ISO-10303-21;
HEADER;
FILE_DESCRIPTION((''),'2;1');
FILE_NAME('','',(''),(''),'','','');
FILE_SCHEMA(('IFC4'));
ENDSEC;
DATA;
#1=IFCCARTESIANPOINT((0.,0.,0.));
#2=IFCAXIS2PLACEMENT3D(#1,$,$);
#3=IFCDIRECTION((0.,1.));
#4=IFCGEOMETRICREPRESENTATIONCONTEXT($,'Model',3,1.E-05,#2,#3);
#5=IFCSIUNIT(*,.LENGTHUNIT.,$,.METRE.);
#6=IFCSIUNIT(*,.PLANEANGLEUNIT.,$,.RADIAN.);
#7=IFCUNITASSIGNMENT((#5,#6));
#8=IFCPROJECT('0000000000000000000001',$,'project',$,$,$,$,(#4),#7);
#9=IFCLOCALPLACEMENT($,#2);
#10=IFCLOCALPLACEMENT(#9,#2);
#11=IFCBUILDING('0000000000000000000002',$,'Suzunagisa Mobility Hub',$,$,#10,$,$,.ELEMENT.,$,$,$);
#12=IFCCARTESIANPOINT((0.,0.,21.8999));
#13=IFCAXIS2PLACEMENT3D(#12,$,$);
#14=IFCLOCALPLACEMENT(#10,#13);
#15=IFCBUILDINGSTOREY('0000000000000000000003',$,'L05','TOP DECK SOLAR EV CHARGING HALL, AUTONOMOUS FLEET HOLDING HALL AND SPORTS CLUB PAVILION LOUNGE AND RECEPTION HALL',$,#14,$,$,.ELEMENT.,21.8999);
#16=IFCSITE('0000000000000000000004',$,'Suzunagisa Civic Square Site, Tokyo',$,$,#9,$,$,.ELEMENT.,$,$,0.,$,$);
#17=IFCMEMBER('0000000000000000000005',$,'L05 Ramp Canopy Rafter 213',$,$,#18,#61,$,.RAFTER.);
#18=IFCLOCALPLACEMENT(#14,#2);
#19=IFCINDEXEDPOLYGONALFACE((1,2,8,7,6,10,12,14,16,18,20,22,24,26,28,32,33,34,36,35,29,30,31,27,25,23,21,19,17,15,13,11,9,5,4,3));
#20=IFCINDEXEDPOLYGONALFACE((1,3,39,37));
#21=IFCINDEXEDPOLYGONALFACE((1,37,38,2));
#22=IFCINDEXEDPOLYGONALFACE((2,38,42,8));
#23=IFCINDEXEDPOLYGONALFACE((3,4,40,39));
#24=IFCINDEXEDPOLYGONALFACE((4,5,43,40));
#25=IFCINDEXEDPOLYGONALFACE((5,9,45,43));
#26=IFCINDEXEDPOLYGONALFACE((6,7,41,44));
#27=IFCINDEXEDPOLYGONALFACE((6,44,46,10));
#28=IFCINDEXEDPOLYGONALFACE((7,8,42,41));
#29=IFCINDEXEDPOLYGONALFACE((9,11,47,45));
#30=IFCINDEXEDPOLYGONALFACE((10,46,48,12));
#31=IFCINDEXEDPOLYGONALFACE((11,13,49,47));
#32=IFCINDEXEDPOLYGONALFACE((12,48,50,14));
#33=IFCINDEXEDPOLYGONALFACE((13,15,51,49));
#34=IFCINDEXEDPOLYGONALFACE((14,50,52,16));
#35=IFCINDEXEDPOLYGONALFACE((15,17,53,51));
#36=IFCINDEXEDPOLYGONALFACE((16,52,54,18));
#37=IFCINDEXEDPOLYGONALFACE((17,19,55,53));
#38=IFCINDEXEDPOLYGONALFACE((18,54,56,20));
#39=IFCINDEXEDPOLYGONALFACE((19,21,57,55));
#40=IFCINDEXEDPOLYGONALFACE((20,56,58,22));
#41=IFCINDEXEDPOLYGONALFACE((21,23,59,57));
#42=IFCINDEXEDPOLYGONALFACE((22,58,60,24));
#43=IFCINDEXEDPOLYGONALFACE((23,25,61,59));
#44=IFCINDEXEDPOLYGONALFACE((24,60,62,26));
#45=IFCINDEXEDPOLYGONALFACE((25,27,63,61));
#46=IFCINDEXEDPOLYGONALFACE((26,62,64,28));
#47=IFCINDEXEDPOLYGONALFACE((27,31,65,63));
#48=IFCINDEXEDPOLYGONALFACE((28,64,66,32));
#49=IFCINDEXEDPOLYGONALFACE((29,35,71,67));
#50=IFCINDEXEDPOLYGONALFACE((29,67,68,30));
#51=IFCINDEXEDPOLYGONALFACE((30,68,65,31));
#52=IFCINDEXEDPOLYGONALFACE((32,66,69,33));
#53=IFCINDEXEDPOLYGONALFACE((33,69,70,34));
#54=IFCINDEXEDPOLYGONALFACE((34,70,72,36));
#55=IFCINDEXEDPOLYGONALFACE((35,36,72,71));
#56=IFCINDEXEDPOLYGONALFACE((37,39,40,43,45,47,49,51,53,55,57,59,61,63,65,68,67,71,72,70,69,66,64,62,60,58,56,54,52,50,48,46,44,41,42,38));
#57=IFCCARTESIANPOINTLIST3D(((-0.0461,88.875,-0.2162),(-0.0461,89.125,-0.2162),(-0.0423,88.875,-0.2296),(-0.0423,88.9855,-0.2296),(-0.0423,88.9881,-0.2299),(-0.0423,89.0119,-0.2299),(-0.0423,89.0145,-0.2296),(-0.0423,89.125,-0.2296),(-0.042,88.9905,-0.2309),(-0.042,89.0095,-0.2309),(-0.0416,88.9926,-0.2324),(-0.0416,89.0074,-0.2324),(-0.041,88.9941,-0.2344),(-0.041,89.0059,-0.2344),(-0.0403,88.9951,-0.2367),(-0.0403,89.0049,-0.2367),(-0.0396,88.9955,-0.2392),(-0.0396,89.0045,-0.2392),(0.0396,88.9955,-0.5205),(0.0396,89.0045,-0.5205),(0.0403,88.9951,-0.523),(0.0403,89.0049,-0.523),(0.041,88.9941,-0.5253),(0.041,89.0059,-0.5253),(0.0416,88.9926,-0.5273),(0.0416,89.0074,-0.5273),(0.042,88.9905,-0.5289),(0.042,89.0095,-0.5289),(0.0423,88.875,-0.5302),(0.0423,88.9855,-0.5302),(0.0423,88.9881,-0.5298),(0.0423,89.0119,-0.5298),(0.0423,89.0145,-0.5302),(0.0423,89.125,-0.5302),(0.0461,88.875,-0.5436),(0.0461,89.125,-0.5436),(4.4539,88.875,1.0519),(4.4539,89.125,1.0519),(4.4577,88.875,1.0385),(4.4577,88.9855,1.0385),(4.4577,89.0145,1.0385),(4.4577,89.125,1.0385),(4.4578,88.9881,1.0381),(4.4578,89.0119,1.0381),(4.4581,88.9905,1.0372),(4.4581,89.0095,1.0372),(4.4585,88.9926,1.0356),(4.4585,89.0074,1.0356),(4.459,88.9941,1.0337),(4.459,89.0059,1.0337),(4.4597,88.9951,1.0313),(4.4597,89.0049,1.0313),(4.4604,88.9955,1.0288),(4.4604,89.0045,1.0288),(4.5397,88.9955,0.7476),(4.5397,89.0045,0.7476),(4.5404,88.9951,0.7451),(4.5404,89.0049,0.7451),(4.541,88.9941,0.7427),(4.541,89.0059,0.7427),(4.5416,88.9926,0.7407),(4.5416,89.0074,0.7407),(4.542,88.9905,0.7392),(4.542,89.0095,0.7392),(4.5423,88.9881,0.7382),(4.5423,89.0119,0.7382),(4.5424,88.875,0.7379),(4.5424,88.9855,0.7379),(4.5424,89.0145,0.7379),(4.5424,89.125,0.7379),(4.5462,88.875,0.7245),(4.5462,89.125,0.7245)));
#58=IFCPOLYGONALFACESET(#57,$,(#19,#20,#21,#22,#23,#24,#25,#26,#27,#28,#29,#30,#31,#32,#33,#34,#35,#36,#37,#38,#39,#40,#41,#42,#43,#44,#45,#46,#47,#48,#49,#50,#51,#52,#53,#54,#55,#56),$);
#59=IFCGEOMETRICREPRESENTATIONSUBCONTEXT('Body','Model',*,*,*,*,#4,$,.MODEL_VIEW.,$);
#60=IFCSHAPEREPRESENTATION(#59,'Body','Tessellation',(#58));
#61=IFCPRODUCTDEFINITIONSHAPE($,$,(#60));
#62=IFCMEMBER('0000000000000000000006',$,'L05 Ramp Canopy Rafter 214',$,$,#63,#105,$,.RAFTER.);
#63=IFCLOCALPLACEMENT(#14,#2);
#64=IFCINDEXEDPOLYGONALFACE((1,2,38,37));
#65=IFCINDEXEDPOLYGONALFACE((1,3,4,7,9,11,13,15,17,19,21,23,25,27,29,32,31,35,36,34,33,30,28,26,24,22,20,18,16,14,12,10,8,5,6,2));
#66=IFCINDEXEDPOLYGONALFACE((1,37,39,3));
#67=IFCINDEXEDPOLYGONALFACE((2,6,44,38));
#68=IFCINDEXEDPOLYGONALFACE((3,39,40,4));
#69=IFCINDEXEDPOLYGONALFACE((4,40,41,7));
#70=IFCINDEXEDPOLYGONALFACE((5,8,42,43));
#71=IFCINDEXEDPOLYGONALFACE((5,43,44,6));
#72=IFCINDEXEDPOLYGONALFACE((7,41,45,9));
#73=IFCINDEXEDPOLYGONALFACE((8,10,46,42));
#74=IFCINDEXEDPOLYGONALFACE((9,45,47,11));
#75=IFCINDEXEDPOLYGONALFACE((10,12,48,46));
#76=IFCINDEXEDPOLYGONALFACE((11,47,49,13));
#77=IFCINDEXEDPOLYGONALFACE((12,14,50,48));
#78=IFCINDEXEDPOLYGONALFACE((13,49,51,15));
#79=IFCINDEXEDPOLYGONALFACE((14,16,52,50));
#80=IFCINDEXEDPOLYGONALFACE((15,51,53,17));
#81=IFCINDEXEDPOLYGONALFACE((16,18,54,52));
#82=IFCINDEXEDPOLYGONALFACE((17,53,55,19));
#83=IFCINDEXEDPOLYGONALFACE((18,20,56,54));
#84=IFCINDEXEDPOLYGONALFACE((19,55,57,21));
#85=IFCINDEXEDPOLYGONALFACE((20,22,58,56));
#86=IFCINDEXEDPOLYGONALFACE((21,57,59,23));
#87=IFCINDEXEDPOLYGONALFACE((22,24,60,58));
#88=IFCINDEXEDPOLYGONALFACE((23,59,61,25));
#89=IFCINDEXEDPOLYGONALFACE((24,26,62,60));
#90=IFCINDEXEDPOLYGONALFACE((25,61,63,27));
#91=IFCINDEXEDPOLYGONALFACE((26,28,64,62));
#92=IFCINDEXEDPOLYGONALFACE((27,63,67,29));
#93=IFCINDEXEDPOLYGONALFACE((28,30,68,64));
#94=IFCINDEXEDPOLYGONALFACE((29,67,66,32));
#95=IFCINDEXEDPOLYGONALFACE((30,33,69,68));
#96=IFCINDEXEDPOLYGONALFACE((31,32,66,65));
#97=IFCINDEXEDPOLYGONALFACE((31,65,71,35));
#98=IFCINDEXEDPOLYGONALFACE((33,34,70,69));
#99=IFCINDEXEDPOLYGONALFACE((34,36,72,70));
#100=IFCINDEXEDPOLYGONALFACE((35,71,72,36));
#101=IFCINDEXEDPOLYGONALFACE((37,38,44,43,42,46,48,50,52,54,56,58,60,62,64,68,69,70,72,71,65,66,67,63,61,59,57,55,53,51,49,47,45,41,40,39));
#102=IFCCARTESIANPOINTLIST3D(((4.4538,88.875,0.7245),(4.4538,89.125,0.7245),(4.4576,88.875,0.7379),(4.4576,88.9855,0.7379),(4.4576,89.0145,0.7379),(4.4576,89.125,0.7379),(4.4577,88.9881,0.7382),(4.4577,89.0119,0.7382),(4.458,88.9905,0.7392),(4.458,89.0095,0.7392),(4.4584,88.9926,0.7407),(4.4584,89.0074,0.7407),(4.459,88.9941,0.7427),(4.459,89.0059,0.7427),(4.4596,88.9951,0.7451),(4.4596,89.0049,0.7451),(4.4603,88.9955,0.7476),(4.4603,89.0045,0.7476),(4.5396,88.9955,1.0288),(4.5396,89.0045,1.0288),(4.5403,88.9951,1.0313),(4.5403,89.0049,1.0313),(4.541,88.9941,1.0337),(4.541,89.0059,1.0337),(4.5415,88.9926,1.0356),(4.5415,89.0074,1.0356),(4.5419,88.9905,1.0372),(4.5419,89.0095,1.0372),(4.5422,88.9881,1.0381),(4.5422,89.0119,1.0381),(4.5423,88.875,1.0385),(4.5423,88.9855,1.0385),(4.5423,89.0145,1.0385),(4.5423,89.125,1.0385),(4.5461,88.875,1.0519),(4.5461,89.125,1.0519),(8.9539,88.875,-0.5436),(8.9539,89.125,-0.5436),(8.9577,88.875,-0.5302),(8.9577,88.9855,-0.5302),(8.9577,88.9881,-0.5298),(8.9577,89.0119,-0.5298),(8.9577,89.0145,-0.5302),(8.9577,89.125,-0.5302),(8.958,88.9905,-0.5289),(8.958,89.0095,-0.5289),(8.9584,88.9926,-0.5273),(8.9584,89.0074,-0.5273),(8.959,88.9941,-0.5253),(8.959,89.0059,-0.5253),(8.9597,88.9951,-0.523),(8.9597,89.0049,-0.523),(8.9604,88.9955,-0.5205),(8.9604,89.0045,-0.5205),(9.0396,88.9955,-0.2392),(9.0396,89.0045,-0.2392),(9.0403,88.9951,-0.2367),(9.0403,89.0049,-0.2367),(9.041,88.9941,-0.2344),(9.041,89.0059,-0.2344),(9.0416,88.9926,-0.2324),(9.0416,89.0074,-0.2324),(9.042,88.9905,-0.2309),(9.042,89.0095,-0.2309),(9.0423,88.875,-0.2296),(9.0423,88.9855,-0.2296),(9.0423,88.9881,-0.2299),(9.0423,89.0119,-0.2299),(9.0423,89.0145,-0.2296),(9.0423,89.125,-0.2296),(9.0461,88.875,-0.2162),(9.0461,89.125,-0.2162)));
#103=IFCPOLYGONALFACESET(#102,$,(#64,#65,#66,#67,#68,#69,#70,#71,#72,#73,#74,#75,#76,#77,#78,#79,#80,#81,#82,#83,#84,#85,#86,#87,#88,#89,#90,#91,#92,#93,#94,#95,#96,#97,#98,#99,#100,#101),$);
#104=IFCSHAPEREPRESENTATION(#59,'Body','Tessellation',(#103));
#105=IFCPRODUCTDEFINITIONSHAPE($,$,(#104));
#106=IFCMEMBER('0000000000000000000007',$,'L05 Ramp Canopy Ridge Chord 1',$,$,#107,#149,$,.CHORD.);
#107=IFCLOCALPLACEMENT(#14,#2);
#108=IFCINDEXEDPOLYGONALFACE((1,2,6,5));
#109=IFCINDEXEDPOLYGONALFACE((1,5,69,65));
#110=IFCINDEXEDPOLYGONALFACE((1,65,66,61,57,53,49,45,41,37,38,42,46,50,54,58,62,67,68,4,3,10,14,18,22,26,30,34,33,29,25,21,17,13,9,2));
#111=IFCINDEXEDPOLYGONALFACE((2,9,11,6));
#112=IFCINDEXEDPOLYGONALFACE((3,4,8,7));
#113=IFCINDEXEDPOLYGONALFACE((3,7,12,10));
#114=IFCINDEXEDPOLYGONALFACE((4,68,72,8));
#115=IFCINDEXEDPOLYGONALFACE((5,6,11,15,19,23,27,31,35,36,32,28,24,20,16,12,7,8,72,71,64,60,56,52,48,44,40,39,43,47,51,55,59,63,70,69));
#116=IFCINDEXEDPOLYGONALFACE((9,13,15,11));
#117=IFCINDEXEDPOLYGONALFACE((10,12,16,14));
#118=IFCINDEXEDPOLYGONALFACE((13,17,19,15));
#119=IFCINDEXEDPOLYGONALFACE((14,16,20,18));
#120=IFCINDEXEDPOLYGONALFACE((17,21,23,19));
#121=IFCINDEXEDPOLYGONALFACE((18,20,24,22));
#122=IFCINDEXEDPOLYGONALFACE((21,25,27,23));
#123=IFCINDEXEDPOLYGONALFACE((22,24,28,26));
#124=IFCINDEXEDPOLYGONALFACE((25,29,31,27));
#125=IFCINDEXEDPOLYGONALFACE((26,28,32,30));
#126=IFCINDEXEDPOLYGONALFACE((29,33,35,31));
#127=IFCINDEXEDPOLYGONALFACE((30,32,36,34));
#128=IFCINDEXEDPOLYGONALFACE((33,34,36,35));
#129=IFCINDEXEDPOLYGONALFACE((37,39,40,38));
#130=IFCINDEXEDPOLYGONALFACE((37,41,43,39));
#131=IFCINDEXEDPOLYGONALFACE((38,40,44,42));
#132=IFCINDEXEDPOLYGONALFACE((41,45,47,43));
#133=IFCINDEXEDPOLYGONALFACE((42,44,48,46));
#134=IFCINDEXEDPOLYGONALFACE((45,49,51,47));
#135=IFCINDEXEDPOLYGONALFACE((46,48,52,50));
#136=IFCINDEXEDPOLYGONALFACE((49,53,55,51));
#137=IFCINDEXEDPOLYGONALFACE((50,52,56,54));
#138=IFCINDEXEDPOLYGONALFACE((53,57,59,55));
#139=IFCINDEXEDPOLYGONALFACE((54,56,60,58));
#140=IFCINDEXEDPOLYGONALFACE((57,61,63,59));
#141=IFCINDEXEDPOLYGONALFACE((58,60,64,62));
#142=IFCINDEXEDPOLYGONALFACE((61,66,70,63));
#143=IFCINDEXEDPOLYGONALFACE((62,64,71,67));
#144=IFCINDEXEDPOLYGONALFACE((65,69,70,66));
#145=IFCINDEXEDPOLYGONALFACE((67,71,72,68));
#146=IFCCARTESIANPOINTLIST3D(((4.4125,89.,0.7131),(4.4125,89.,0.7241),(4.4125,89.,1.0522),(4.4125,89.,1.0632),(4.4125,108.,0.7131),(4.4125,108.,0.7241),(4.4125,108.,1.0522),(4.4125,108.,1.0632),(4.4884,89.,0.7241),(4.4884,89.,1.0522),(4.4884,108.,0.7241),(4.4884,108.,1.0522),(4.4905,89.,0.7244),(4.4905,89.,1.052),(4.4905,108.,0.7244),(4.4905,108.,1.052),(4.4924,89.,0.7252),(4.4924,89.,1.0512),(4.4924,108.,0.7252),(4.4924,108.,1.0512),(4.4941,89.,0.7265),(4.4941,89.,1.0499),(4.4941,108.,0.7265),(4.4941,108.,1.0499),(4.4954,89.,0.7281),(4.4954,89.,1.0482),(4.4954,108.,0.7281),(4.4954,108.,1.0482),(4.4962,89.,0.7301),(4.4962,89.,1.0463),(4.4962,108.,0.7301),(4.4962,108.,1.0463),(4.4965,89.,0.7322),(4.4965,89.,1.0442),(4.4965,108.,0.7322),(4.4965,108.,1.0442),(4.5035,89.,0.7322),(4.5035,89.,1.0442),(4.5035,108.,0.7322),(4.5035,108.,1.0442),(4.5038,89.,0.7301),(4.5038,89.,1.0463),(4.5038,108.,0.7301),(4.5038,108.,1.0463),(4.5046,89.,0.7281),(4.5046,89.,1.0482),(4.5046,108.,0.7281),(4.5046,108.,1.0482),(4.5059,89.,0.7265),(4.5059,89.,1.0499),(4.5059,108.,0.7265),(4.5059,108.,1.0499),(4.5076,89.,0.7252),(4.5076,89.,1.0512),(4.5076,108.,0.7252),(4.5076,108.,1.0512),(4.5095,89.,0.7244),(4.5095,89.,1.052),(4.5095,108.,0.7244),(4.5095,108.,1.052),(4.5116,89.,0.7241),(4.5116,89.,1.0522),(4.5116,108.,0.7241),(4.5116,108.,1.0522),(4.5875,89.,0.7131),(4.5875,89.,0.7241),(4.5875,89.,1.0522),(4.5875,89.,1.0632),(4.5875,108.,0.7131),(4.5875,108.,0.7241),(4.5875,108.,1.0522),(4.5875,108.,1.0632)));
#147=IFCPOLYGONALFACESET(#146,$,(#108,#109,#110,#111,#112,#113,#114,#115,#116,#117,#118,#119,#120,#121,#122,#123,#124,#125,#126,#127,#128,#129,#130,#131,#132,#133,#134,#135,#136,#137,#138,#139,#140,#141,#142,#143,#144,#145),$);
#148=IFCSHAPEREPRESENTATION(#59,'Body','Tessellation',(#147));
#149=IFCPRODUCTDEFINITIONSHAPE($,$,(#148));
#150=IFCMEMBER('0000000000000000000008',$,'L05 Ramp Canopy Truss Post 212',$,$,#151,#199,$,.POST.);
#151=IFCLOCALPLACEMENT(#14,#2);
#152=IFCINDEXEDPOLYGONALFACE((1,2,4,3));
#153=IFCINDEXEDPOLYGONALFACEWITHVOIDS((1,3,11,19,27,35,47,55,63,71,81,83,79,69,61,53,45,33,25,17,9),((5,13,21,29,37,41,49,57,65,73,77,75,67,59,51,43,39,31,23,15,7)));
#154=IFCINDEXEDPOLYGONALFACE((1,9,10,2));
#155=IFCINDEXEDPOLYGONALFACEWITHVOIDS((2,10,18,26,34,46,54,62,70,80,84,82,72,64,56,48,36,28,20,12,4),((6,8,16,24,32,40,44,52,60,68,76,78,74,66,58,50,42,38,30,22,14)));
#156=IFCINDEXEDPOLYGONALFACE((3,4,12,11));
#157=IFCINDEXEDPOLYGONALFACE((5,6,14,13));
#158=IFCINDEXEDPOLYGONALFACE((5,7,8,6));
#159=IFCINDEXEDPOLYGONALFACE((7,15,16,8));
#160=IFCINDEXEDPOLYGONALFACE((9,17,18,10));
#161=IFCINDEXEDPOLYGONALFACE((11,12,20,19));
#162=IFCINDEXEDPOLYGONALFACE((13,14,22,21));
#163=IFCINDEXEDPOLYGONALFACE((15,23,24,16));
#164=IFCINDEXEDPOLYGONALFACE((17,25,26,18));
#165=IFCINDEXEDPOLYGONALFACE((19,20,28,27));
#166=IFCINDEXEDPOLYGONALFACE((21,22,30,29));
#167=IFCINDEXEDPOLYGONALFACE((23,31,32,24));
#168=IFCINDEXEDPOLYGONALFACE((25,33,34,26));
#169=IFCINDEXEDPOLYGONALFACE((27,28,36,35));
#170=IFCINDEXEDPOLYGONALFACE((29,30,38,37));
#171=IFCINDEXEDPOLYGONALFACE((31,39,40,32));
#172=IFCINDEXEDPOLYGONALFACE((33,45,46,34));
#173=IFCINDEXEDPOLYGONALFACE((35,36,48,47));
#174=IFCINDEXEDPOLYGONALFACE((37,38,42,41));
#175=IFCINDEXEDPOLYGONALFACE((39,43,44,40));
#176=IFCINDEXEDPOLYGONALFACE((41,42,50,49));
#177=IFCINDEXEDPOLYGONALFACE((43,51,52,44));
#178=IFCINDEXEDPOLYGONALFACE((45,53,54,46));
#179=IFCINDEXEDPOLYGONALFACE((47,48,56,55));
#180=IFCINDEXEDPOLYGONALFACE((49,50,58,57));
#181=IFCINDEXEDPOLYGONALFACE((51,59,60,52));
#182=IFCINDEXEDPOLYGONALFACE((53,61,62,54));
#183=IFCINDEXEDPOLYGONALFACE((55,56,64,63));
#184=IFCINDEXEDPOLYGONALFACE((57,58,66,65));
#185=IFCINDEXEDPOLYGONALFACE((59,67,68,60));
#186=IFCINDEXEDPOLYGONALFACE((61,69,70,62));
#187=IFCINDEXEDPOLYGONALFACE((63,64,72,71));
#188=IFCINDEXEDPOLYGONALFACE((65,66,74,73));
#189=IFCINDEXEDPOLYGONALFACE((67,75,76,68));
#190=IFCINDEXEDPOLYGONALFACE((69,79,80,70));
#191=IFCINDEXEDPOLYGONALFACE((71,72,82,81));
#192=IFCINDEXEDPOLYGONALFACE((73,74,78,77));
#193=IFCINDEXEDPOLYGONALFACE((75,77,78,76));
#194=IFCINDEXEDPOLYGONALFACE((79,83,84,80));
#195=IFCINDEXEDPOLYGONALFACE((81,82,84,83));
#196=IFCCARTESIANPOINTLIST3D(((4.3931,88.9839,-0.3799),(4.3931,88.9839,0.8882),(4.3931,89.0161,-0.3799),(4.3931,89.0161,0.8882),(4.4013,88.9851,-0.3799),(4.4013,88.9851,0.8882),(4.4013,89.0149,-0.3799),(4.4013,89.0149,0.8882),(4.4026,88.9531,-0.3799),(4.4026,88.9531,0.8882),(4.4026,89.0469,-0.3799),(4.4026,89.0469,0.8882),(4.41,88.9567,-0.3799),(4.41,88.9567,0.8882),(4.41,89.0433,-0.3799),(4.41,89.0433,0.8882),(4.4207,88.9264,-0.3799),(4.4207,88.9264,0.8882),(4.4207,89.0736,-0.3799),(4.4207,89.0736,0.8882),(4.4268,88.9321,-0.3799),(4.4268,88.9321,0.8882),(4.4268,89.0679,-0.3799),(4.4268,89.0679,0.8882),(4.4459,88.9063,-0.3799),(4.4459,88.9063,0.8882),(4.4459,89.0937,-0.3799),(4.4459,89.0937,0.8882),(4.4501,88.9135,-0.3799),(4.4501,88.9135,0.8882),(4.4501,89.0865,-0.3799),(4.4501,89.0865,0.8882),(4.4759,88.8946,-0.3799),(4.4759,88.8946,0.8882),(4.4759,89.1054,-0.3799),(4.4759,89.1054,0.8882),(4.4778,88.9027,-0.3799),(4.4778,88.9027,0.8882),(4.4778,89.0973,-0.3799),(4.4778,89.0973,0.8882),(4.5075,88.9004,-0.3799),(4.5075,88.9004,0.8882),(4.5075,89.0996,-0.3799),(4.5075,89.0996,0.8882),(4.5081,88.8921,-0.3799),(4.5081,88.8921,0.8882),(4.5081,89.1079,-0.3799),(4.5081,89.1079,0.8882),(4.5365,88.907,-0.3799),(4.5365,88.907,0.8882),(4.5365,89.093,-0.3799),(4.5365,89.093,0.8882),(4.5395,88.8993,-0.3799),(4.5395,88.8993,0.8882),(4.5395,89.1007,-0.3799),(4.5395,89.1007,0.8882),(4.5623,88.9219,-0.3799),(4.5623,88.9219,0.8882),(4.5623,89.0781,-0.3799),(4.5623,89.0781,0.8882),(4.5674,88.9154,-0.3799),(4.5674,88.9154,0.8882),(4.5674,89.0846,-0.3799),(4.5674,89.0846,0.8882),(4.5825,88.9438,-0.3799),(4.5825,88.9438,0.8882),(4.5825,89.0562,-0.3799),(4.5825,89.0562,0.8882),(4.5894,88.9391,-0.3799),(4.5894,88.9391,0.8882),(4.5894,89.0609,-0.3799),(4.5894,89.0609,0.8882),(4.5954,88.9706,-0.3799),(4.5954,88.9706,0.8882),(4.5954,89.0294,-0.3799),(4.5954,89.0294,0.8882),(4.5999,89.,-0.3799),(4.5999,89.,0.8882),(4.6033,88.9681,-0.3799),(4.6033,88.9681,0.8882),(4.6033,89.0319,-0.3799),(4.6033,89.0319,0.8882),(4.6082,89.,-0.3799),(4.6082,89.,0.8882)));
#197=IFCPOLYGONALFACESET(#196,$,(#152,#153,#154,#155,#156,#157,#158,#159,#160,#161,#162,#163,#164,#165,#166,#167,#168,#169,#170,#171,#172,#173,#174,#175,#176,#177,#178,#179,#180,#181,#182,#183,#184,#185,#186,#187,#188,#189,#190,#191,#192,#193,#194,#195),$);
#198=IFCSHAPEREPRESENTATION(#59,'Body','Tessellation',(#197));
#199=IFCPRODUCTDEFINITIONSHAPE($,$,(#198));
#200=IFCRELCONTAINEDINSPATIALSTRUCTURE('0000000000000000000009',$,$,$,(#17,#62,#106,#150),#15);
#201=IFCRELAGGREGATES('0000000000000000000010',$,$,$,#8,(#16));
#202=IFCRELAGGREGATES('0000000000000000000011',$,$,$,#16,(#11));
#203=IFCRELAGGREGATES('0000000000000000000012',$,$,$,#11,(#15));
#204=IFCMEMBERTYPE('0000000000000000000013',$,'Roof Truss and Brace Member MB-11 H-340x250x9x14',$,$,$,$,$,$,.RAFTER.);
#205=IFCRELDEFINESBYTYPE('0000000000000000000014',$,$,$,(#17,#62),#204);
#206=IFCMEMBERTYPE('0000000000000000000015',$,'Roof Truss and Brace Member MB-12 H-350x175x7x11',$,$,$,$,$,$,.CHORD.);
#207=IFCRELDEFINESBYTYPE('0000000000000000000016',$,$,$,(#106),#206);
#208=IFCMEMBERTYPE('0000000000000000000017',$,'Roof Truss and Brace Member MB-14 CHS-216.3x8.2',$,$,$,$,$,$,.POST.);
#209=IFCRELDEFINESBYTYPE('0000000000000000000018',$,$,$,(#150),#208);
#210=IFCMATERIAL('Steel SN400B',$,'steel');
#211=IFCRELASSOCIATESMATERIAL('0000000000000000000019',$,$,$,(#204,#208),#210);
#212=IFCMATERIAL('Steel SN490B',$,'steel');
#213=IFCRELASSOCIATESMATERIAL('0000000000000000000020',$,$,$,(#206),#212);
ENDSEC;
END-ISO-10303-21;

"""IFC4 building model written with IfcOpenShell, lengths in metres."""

from ifc_helpers import new_model, si_unit, direction, frame, origin, origin_2d, place, context, subcontext, project, spatial, hollow_circle, i_section, extrude, material, material_profile, profile_set, type_object, element, save


model = new_model("IFC4")

# Units and contexts
model_context = context("Model", 3, precision=1e-05, world=origin(), true_north=direction((0.0, 1.0)))
body_context = subcontext(model_context, "Body", "Model", "MODEL_VIEW")
ifc_project = project(units=[si_unit("LENGTHUNIT", "METRE"), si_unit("PLANEANGLEUNIT", "RADIAN")], contexts=[model_context])

# Site, building, storey
site_placement = place(None, origin())
site = spatial("IfcSite", under=ifc_project, at=site_placement, Name="Suzunagisa Civic Square Site, Tokyo", CompositionType="ELEMENT", RefElevation=0.0)
building_placement = place(site_placement, origin())
building = spatial("IfcBuilding", under=site, at=building_placement, Name="Suzunagisa Mobility Hub", CompositionType="ELEMENT")
storey_placement = place(building_placement, frame((0.0, 0.0, 21.8999)))
storey = spatial("IfcBuildingStorey", under=building, at=storey_placement, Name="L05", Description="TOP DECK SOLAR EV CHARGING HALL, AUTONOMOUS FLEET HOLDING HALL AND SPORTS CLUB PAVILION LOUNGE AND RECEPTION HALL", CompositionType="ELEMENT", Elevation=21.8999)

# Shared definitions
ifc_material_1 = material(Name="Steel SN490B", Category="steel")

# Members
ifc_material_2 = material(Name="Steel SN400B", Category="steel")
ifc_material_profile_1 = material_profile(ifc_material_2, i_section(OverallWidth=0.25, OverallDepth=0.3401, WebThickness=0.009, FlangeThickness=0.0139, FilletRadius=0.01, at=origin_2d()), Name="H-340x250x9x14")
ifc_profile_set_1 = profile_set([ifc_material_profile_1], Name="Steel SN400B")
member_type_1 = type_object("IfcMemberType", Name="Roof Truss and Brace Member MB-11 H-340x250x9x14", PredefinedType="RAFTER", material=ifc_profile_set_1)
for number, where, z_axis, x_axis, name in (
    (1, (0.0, 89.0, -0.3799), (0.962515, 0.0, 0.271229), (0.0, 1.0, 0.0), "L05 Ramp Canopy Rafter 213"),
    (2, (9.0, 89.0, -0.3799), (-0.962515, 0.0, 0.271229), (0.0, -1.0, 0.0), "L05 Ramp Canopy Rafter 214"),
):
    element("IfcMember", number, at=place(storey_placement, frame(where, z_axis=z_axis, x_axis=x_axis)), inside=storey, type_object=member_type_1, Name=name, PredefinedType="RAFTER", context=body_context, shape_type="SweptSolid", body=[
        extrude(i_section(OverallWidth=0.25, OverallDepth=0.3401, WebThickness=0.009, FlangeThickness=0.0139, FilletRadius=0.01, at=origin_2d()), origin(), (0.0, 0.0, 1.0), 4.6753),
    ])
ifc_material_profile_2 = material_profile(ifc_material_1, i_section(OverallWidth=0.175, OverallDepth=0.3501, WebThickness=0.0071, FlangeThickness=0.011, FilletRadius=0.0081, at=origin_2d()), Name="H-350x175x7x11")
ifc_profile_set_2 = profile_set([ifc_material_profile_2], Name="Steel SN490B")
member_type_2 = type_object("IfcMemberType", Name="Roof Truss and Brace Member MB-12 H-350x175x7x11", PredefinedType="CHORD", material=ifc_profile_set_2)
member_1_placement = place(storey_placement, frame((4.5, 89.0, 0.8882), z_axis=(0.0, 1.0, 0.0), x_axis=(-1.0, 0.0, 0.0)))
element("IfcMember", 3, at=member_1_placement, inside=storey, type_object=member_type_2, Name="L05 Ramp Canopy Ridge Chord 1", PredefinedType="CHORD", context=body_context, shape_type="SweptSolid", body=[
    extrude(i_section(OverallWidth=0.175, OverallDepth=0.3501, WebThickness=0.0071, FlangeThickness=0.011, FilletRadius=0.0081, at=origin_2d()), origin(), (0.0, 0.0, 1.0), 19.0),
])
ifc_material_profile_3 = material_profile(ifc_material_2, hollow_circle(Radius=0.1082, WallThickness=0.0083, at=origin_2d()), Name="CHS-216.3x8.2")
ifc_profile_set_3 = profile_set([ifc_material_profile_3], Name="Steel SN400B")
member_type_3 = type_object("IfcMemberType", Name="Roof Truss and Brace Member MB-14 CHS-216.3x8.2", PredefinedType="POST", material=ifc_profile_set_3)
member_2_placement = place(storey_placement, frame((4.5, 89.0, -0.3799), z_axis=(0.0, 0.0, 1.0), x_axis=(1.0, 0.0, 0.0)))
element("IfcMember", 4, at=member_2_placement, inside=storey, type_object=member_type_3, Name="L05 Ramp Canopy Truss Post 212", PredefinedType="POST", context=body_context, shape_type="SweptSolid", body=[
    extrude(hollow_circle(Radius=0.1082, WallThickness=0.0083, at=origin_2d()), origin(), (0.0, 0.0, 1.0), 1.2681),
])

save(model, "model.ifc")
